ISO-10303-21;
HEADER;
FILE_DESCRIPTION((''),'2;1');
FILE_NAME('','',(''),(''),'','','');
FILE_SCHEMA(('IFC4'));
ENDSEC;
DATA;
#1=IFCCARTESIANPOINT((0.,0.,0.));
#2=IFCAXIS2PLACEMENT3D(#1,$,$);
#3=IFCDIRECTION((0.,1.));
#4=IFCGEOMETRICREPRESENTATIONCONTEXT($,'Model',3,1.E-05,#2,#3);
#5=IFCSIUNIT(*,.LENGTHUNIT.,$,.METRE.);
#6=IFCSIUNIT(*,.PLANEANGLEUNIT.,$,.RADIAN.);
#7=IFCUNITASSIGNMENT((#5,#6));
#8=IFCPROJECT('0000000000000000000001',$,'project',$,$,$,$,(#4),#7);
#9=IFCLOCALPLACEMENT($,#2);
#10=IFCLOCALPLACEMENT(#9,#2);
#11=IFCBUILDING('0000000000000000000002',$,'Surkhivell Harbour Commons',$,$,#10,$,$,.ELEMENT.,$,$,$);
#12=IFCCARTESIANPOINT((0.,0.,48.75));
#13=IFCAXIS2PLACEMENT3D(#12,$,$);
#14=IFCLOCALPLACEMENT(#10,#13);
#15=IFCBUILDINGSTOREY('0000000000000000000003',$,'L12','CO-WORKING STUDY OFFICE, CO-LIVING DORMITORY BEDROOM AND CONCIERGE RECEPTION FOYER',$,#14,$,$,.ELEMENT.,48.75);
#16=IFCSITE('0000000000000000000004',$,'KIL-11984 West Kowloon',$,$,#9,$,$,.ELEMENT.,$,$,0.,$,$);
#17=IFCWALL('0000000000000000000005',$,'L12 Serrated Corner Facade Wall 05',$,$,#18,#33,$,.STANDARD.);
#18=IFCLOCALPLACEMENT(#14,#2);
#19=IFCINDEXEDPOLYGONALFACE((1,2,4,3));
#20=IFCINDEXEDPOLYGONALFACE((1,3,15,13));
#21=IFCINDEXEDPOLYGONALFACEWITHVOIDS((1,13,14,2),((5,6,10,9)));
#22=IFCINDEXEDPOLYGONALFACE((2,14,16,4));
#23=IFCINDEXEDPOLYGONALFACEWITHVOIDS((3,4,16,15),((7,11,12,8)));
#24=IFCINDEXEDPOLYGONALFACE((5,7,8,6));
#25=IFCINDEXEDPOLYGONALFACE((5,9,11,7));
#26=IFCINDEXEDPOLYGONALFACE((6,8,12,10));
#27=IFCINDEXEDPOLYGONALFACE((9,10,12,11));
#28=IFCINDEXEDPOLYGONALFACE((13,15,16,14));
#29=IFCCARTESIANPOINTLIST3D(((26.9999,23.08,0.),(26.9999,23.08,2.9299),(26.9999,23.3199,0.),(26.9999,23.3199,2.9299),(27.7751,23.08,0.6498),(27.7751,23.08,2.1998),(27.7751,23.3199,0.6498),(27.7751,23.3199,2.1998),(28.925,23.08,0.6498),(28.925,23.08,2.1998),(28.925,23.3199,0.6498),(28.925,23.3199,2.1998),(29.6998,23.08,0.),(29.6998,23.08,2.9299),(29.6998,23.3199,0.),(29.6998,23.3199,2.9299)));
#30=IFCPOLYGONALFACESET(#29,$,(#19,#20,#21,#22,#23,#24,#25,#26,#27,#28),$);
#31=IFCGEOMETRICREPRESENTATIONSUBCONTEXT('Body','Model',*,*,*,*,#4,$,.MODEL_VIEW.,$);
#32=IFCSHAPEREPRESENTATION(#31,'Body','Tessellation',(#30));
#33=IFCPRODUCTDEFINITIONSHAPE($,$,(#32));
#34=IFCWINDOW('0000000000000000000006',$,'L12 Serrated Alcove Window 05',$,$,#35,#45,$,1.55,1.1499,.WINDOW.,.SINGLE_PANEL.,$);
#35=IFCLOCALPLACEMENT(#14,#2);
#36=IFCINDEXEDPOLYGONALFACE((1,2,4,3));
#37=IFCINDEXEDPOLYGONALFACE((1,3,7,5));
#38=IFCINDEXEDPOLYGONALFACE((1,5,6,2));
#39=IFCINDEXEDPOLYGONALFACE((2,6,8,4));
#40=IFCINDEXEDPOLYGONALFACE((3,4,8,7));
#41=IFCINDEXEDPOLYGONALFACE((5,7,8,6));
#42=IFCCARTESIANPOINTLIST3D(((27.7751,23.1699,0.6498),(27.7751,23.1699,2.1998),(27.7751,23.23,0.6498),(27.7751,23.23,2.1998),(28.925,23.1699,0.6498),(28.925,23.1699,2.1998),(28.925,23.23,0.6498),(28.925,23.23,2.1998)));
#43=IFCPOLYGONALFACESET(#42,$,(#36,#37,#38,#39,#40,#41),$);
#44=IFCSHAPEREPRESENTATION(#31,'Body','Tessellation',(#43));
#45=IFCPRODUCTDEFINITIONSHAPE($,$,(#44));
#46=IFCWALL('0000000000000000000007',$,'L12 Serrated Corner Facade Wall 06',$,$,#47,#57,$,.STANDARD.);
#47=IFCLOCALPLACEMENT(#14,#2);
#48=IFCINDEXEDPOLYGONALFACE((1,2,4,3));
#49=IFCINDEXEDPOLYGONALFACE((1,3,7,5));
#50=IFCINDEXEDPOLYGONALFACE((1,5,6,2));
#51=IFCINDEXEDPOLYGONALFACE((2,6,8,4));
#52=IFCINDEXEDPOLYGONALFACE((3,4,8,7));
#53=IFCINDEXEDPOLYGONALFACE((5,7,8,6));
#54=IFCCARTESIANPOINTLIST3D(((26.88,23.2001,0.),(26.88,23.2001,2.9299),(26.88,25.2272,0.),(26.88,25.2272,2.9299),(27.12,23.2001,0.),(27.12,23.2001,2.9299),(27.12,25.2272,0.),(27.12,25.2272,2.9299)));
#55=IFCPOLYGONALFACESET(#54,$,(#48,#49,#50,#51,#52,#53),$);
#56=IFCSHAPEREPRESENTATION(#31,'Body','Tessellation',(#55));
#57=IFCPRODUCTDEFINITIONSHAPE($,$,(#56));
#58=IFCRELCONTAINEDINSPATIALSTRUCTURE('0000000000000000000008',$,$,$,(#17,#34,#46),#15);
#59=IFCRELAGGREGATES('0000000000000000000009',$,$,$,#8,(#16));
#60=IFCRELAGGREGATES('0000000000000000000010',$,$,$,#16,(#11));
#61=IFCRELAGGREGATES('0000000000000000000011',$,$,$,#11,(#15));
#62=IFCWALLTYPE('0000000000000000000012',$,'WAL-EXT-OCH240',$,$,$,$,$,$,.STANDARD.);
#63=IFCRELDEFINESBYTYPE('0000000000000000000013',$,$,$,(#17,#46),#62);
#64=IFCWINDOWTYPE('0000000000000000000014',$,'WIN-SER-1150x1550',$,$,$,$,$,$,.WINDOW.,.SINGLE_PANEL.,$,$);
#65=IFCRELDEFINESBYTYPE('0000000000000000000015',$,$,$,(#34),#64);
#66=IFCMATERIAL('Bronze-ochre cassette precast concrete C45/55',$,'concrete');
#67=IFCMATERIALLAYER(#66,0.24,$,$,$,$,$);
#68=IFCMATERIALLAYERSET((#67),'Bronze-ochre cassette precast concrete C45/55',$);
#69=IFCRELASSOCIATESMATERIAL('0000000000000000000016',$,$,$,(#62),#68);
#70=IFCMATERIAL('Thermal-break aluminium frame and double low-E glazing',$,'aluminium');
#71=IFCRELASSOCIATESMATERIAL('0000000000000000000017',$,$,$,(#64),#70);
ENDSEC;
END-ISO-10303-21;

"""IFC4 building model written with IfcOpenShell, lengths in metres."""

from ifc_helpers import new_model, si_unit, direction, frame, frame_2d, origin, place, context, subcontext, project, spatial, rectangle, extrude, material, layer, layer_set, type_object, element, fill, save


model = new_model("IFC4")

# Units and contexts
model_context = context("Model", 3, precision=1e-05, world=origin(), true_north=direction((0.0, 1.0)))
body_context = subcontext(model_context, "Body", "Model", "MODEL_VIEW")
ifc_project = project(units=[si_unit("LENGTHUNIT", "METRE"), si_unit("PLANEANGLEUNIT", "RADIAN")], contexts=[model_context])

# Site, building, storey
site_placement = place(None, origin())
site = spatial("IfcSite", under=ifc_project, at=site_placement, Name="KIL-11984 West Kowloon", CompositionType="ELEMENT", RefElevation=0.0)
building_placement = place(site_placement, origin())
building = spatial("IfcBuilding", under=site, at=building_placement, Name="Surkhivell Harbour Commons", CompositionType="ELEMENT")
storey_placement = place(building_placement, frame((0.0, 0.0, 48.75)))
storey = spatial("IfcBuildingStorey", under=building, at=storey_placement, Name="L12", Description="CO-WORKING STUDY OFFICE, CO-LIVING DORMITORY BEDROOM AND CONCIERGE RECEPTION FOYER", CompositionType="ELEMENT", Elevation=48.75)

# Shared definitions
ifc_material_1 = material(Name="Bronze-ochre cassette precast concrete C45/55", Category="concrete")
ifc_layer_1 = layer(ifc_material_1, 0.24)
ifc_layer_set_1 = layer_set([ifc_layer_1], Name="Bronze-ochre cassette precast concrete C45/55")
wall_type = type_object("IfcWallType", Name="WAL-EXT-OCH240", PredefinedType="STANDARD", material=ifc_layer_set_1)

# Wall, opening, window
wall_1_placement = place(storey_placement, frame((29.7, 23.2, 0.0), z_axis=(0.0, 0.0, 1.0), x_axis=(-1.0, 0.0, 0.0)))
wall_1 = element("IfcWall", 1, at=wall_1_placement, inside=storey, type_object=wall_type, Name="L12 Serrated Corner Facade Wall 05", PredefinedType="STANDARD", context=body_context, shape_type="SweptSolid", body=[
    extrude(rectangle(XDim=2.7, YDim=0.24, at=frame_2d((1.3501, 0.0))), origin(), (0.0, 0.0, 1.0), 2.9299),
])
opening_placement = place(wall_1_placement, frame((0.7749, 0.0, 0.6499)))
opening = element("IfcOpeningElement", 2, at=opening_placement, cuts=wall_1, PredefinedType="OPENING", context=body_context, shape_type="SweptSolid", body=[
    extrude(rectangle(XDim=1.1499, YDim=1.55, at=frame_2d((0.575, 0.7749))), frame((0.0, 0.1299, 0.0), z_axis=(0.0, -1.0, 0.0), x_axis=(1.0, 0.0, 0.0)), (0.0, 0.0, 1.0), 0.26),
])
ifc_material_2 = material(Name="Thermal-break aluminium frame and double low-E glazing", Category="aluminium")
window_type = type_object("IfcWindowType", Name="WIN-SER-1150x1550", PartitioningType="SINGLE_PANEL", PredefinedType="WINDOW", material=ifc_material_2)
window_placement = place(opening_placement, origin())
window = element("IfcWindow", 3, at=window_placement, inside=storey, type_object=window_type, Name="L12 Serrated Alcove Window 05", OverallHeight=1.55, OverallWidth=1.1499, PartitioningType="SINGLE_PANEL", PredefinedType="WINDOW", context=body_context, shape_type="SweptSolid", body=[
    extrude(rectangle(XDim=1.1499, YDim=1.55, at=frame_2d((0.575, 0.7749))), frame((0.0, 0.03, 0.0), z_axis=(0.0, -1.0, 0.0), x_axis=(1.0, 0.0, 0.0)), (0.0, 0.0, 1.0), 0.0601),
])
fill(opening, window)

# Wall
wall_2_placement = place(storey_placement, frame((27.0, 23.2, 0.0), z_axis=(0.0, 0.0, 1.0), x_axis=(0.0, 1.0, 0.0)))
element("IfcWall", 4, at=wall_2_placement, inside=storey, type_object=wall_type, Name="L12 Serrated Corner Facade Wall 06", PredefinedType="STANDARD", context=body_context, shape_type="SweptSolid", body=[
    extrude(rectangle(XDim=2.0271, YDim=0.24, at=frame_2d((1.0137, 0.0))), origin(), (0.0, 0.0, 1.0), 2.9299),
])

save(model, "model.ifc")
